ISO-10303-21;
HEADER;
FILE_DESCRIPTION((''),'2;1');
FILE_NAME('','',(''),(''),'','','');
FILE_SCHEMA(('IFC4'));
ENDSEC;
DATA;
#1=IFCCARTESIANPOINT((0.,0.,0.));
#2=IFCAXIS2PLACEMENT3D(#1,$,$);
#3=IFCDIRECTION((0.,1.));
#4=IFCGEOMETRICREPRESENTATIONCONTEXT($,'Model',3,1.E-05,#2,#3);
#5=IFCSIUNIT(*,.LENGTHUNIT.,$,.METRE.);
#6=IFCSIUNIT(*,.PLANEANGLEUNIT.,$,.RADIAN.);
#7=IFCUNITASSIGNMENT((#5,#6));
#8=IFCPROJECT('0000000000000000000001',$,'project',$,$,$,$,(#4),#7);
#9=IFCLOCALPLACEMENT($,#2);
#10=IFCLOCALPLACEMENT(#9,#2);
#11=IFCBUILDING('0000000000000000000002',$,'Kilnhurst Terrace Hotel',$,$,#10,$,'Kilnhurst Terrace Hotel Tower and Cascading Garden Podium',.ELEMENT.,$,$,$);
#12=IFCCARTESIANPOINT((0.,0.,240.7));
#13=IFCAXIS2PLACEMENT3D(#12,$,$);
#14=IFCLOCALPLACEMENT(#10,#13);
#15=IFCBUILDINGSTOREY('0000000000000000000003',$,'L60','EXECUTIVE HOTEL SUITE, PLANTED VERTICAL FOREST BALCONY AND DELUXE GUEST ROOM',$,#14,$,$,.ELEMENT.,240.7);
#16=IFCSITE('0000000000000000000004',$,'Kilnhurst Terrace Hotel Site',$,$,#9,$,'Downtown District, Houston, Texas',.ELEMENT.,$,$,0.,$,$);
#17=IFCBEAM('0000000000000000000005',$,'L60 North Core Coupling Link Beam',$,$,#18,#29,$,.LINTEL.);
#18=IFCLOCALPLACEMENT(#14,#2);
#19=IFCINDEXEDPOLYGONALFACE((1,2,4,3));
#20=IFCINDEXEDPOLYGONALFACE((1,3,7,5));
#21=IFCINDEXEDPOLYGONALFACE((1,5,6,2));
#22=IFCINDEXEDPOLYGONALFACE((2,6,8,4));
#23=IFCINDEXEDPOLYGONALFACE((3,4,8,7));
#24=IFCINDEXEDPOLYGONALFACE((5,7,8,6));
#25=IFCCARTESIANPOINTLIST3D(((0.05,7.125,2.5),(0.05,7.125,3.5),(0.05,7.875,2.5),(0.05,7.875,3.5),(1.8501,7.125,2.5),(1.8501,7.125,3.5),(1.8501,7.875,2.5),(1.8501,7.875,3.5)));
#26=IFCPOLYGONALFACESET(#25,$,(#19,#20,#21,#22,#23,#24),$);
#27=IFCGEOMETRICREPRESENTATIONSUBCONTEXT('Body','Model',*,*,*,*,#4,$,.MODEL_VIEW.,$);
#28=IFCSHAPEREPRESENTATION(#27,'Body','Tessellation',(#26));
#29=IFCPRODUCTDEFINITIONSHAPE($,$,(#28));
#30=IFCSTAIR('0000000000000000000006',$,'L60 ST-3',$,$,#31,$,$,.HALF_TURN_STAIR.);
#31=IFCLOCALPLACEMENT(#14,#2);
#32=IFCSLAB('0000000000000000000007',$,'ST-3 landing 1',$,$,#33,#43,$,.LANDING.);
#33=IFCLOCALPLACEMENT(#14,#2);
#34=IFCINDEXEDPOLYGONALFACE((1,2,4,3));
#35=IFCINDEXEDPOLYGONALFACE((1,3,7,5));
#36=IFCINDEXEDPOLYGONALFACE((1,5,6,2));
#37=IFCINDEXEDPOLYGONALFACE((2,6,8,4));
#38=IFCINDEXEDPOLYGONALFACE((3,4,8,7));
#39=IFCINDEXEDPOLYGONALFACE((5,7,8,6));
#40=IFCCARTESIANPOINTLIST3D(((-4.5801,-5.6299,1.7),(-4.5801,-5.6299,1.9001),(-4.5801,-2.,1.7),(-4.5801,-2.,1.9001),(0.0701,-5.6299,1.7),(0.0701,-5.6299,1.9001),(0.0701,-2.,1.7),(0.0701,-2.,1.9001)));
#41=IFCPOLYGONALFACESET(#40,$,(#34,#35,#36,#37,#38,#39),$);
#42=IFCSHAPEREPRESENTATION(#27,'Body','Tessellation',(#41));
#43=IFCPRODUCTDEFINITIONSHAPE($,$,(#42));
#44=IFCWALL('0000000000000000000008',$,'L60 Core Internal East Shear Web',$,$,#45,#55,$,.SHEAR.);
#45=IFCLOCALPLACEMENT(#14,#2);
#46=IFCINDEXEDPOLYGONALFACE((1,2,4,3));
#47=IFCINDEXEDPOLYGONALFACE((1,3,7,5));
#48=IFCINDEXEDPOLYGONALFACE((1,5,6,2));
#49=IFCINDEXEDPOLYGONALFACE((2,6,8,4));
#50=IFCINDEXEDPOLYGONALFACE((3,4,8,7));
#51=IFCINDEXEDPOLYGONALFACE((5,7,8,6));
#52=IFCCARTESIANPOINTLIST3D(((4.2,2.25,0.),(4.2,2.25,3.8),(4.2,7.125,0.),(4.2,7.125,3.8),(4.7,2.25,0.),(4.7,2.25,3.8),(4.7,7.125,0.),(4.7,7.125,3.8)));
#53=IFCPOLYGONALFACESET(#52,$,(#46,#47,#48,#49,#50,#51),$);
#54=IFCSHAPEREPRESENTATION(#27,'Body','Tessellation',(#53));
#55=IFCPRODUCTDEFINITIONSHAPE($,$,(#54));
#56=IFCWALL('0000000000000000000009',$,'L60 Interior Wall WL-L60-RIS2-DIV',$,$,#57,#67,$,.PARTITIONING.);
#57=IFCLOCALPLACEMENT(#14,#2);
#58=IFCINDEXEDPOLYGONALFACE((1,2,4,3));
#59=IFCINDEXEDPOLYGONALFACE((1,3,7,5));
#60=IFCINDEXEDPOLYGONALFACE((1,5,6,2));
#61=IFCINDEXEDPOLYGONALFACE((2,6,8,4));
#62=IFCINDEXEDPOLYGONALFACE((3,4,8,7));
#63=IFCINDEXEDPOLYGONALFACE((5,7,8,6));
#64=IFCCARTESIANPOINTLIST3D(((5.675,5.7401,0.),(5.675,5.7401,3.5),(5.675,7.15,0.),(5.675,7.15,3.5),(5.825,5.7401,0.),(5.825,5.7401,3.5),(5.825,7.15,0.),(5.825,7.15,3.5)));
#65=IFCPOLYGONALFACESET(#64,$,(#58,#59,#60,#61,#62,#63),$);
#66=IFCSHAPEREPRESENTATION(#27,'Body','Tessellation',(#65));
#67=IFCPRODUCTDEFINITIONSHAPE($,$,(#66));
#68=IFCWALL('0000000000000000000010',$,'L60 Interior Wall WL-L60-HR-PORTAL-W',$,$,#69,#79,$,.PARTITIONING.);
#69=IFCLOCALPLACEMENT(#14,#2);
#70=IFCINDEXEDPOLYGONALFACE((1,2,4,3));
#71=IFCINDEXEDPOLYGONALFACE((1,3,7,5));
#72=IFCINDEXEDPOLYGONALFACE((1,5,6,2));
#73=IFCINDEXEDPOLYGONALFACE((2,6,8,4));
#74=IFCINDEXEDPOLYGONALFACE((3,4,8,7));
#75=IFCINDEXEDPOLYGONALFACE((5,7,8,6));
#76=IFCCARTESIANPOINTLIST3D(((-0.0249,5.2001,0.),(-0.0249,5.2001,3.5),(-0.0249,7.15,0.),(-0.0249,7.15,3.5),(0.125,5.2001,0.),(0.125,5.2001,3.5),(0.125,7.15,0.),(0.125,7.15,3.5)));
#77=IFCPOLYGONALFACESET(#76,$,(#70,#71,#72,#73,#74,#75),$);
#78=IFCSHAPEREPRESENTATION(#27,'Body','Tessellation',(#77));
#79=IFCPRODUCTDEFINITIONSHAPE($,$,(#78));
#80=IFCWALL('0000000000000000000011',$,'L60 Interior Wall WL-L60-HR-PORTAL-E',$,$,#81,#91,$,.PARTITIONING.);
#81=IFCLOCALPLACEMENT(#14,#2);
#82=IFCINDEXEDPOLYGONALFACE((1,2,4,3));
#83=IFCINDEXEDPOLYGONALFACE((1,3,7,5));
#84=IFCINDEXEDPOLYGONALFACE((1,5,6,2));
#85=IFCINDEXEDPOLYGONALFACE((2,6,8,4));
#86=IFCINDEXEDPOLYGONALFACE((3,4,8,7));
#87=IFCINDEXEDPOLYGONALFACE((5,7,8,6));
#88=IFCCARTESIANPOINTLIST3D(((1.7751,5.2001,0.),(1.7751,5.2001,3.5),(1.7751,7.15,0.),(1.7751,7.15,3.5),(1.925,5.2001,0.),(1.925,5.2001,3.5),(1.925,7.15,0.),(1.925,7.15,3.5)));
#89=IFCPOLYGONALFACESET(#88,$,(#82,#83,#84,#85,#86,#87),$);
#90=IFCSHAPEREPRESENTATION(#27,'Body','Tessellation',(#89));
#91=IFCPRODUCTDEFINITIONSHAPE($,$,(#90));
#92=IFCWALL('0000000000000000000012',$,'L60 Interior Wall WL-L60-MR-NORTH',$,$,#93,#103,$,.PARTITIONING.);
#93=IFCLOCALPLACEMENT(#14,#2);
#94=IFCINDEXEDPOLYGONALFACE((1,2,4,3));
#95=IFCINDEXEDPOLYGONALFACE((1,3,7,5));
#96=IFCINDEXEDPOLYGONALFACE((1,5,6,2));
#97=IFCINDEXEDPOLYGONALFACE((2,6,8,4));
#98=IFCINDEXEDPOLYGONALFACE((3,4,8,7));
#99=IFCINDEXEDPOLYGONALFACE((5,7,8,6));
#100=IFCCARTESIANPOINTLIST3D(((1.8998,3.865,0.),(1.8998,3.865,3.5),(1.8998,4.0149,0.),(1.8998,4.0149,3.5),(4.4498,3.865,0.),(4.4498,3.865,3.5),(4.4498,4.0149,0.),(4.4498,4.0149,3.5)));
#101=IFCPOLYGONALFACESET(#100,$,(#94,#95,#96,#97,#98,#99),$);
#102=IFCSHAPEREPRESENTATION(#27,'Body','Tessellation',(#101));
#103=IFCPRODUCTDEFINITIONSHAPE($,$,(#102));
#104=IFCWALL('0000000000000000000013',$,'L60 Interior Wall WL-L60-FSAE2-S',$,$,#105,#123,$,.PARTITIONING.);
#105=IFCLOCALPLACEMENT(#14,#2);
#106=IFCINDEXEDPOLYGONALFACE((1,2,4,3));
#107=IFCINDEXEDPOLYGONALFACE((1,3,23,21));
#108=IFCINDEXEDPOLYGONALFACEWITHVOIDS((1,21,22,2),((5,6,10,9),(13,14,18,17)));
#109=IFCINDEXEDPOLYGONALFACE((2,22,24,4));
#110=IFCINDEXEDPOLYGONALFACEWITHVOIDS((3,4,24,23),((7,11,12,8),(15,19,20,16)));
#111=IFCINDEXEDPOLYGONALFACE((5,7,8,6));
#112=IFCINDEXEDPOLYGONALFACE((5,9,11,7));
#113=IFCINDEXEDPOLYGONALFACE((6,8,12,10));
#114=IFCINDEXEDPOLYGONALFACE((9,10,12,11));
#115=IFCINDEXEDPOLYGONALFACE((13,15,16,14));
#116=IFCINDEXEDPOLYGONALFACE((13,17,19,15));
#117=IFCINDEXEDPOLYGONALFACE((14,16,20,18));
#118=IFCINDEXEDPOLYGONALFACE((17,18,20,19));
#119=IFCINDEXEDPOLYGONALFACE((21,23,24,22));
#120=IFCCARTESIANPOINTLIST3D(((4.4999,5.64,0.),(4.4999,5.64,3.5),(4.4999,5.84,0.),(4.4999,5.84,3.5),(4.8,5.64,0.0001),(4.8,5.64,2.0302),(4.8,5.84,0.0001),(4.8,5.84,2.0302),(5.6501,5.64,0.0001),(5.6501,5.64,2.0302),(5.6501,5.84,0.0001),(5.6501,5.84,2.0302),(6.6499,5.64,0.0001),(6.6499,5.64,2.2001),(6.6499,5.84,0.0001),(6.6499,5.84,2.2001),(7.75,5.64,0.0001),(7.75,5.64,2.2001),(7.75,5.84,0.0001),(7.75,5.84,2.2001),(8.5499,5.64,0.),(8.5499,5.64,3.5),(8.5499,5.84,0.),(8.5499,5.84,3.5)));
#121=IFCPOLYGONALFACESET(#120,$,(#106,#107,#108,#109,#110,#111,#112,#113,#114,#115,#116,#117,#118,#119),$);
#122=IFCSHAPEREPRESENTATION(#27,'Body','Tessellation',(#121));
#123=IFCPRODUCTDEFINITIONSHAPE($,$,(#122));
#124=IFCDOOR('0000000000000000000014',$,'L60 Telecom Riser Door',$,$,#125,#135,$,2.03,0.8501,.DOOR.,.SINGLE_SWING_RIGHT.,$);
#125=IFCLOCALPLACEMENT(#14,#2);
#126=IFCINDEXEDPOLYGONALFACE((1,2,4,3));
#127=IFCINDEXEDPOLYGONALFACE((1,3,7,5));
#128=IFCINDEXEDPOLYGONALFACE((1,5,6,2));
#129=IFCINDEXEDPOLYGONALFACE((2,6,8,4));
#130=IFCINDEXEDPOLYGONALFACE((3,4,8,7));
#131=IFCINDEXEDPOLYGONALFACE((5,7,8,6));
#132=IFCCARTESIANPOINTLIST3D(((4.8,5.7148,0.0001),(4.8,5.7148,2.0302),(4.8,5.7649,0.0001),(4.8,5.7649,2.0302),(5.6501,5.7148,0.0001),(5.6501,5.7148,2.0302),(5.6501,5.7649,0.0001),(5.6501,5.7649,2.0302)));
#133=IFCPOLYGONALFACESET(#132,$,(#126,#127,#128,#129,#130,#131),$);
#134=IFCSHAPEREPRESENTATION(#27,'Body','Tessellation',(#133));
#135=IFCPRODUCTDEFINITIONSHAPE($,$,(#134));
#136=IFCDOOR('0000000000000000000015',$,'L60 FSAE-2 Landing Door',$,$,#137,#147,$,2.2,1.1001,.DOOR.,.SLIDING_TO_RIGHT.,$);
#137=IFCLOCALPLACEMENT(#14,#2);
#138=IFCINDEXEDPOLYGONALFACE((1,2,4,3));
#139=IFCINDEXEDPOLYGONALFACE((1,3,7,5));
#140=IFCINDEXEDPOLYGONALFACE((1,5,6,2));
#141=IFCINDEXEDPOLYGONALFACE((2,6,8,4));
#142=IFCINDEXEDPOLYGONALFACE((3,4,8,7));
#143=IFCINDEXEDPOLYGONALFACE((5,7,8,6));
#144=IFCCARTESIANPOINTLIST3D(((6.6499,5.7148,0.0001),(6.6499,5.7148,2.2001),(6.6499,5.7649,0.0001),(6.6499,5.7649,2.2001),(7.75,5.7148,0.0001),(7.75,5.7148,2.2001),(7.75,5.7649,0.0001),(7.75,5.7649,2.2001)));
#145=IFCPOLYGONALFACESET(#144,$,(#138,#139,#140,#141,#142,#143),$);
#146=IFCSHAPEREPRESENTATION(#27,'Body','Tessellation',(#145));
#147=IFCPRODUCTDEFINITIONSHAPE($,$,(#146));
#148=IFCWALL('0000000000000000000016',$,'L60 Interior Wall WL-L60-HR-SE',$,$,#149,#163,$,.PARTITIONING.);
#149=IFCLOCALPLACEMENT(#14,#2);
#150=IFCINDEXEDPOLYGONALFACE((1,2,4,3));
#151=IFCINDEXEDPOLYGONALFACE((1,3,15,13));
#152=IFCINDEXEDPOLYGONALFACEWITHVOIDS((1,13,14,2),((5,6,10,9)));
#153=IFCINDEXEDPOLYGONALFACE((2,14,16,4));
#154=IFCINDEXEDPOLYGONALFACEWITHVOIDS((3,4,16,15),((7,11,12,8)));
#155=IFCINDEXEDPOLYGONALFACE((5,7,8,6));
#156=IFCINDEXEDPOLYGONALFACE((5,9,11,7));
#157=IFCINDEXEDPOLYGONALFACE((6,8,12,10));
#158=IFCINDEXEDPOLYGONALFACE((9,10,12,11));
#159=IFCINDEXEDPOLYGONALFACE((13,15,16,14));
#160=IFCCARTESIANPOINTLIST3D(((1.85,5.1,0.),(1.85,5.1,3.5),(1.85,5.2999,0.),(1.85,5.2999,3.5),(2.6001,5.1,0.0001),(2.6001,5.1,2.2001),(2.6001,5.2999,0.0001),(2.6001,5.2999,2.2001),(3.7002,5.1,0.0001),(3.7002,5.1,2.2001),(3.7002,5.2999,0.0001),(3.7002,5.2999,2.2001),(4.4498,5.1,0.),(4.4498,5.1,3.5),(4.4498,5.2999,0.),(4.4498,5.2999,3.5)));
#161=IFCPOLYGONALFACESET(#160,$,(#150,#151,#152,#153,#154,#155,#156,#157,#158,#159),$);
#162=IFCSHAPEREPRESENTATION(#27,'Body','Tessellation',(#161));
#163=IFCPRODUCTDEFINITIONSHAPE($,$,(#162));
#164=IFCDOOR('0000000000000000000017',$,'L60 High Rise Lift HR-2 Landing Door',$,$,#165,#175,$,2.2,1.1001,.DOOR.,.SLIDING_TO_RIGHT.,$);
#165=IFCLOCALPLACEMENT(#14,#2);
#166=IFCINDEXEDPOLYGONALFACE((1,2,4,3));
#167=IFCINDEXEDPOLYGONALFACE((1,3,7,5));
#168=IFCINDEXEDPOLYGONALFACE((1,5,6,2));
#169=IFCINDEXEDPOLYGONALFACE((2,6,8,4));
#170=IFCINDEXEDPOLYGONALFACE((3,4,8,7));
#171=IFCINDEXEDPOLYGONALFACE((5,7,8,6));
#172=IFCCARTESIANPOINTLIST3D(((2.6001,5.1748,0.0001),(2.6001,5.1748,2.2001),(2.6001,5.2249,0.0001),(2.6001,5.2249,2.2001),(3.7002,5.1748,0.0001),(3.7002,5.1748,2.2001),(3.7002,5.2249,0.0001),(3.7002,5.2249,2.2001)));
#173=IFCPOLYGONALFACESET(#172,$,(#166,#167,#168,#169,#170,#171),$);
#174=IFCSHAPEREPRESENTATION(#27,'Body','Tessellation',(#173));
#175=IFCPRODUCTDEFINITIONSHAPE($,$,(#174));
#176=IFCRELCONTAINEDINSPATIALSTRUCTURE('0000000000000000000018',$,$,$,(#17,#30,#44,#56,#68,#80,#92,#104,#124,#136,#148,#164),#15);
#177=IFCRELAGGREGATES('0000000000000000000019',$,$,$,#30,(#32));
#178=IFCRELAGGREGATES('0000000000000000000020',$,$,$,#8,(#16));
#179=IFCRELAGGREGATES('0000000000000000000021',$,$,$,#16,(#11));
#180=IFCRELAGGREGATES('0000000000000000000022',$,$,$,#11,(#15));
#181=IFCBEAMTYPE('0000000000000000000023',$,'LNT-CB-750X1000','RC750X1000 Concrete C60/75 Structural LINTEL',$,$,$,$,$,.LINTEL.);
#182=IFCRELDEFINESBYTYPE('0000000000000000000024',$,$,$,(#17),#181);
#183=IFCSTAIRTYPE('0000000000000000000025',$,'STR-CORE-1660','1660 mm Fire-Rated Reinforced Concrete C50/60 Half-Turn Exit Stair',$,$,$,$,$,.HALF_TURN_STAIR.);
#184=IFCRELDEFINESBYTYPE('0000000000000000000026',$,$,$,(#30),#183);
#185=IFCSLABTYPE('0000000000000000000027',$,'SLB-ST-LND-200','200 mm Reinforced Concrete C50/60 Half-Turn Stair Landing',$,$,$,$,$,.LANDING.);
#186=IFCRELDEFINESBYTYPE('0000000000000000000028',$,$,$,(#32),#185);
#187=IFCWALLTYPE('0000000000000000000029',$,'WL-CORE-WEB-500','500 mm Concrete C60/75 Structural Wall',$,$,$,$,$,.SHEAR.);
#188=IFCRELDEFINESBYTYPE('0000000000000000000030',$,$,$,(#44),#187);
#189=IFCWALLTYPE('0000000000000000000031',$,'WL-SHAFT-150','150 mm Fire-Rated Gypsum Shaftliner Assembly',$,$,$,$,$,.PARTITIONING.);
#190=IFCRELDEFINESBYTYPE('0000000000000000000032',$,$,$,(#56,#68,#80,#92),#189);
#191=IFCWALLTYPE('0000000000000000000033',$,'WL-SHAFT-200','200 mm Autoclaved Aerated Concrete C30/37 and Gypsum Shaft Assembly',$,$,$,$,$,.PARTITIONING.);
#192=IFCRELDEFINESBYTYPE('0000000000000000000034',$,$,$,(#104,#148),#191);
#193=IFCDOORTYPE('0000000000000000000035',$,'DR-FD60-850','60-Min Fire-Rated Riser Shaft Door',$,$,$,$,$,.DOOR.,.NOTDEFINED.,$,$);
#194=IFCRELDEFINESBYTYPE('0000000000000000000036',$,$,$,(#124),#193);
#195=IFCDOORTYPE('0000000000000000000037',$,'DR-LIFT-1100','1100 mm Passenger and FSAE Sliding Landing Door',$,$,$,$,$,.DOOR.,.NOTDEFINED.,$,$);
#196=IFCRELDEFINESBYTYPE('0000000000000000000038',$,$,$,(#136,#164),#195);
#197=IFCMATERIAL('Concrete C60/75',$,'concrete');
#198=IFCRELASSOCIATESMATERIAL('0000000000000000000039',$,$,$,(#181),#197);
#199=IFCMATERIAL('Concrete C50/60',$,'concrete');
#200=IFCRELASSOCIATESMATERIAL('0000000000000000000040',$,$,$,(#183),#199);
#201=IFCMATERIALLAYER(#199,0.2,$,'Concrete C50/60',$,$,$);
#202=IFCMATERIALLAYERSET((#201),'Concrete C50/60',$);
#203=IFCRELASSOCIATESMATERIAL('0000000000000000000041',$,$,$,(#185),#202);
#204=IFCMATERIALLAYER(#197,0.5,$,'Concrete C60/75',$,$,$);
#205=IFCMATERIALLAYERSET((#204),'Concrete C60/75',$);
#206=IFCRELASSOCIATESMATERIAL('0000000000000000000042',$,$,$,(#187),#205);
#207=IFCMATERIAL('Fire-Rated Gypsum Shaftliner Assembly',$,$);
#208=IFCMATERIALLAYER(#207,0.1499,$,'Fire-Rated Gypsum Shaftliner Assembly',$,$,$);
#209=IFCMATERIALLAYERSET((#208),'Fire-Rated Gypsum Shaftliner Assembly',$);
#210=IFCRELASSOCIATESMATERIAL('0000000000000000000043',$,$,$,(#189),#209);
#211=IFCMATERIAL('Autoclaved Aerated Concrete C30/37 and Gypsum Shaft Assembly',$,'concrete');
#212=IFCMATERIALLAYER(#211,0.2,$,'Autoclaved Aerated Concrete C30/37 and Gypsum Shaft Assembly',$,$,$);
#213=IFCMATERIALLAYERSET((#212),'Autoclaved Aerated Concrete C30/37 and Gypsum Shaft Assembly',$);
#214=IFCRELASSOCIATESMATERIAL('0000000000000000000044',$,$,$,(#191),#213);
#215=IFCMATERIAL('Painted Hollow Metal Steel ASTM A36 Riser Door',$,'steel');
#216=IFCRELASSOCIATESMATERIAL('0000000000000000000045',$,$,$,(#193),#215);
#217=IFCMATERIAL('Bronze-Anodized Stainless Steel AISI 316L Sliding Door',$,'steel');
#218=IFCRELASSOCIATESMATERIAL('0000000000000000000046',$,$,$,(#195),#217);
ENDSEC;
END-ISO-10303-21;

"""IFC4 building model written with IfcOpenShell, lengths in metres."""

from ifc_helpers import new_model, si_unit, direction, frame, frame_2d, origin, origin_2d, place, context, subcontext, project, spatial, polyline, rectangle, outline, extrude, material, layer, layer_set, material_profile, profile_set, type_object, element, fill, aggregate, save


model = new_model("IFC4")

# Units and contexts
model_context = context("Model", 3, precision=1e-05, world=origin(), true_north=direction((0.0, 1.0)))
body_context = subcontext(model_context, "Body", "Model", "MODEL_VIEW")
ifc_project = project(units=[si_unit("LENGTHUNIT", "METRE"), si_unit("PLANEANGLEUNIT", "RADIAN")], contexts=[model_context])

# Site, building, storey
site_placement = place(None, origin())
site = spatial("IfcSite", under=ifc_project, at=site_placement, Name="Kilnhurst Terrace Hotel Site", LongName="Downtown District, Houston, Texas", CompositionType="ELEMENT", RefElevation=0.0)
building_placement = place(site_placement, origin())
building = spatial("IfcBuilding", under=site, at=building_placement, Name="Kilnhurst Terrace Hotel", LongName="Kilnhurst Terrace Hotel Tower and Cascading Garden Podium", CompositionType="ELEMENT")
storey_placement = place(building_placement, frame((0.0, 0.0, 240.7)))
storey = spatial("IfcBuildingStorey", under=building, at=storey_placement, Name="L60", Description="EXECUTIVE HOTEL SUITE, PLANTED VERTICAL FOREST BALCONY AND DELUXE GUEST ROOM", CompositionType="ELEMENT", Elevation=240.7)

# Beam
ifc_material_1 = material(Name="Concrete C60/75", Category="concrete")
ifc_material_profile = material_profile(ifc_material_1, rectangle(XDim=0.75, YDim=1.0, at=origin_2d()), Name="RC750X1000")
ifc_profile_set = profile_set([ifc_material_profile], Name="Concrete C60/75")
beam_type = type_object("IfcBeamType", Name="LNT-CB-750X1000", Description="RC750X1000 Concrete C60/75 Structural LINTEL", PredefinedType="LINTEL", material=ifc_profile_set)
beam_placement = place(storey_placement, frame((0.05, 7.5, 3.0), z_axis=(1.0, 0.0, 0.0), x_axis=(0.0, 1.0, 0.0)))
element("IfcBeam", 1, at=beam_placement, inside=storey, type_object=beam_type, Name="L60 North Core Coupling Link Beam", PredefinedType="LINTEL", context=body_context, shape_type="SweptSolid", body=[
    extrude(rectangle(XDim=0.75, YDim=1.0, at=origin_2d()), origin(), (0.0, 0.0, 1.0), 1.8),
])

# Stair, slab
ifc_material_2 = material(Name="Concrete C50/60", Category="concrete")
stair_type = type_object("IfcStairType", Name="STR-CORE-1660", Description="1660 mm Fire-Rated Reinforced Concrete C50/60 Half-Turn Exit Stair", PredefinedType="HALF_TURN_STAIR", material=ifc_material_2)
stair_1_placement = place(storey_placement, origin())
stair_1 = element("IfcStair", 2, at=stair_1_placement, inside=storey, type_object=stair_type, Name="L60 ST-3", PredefinedType="HALF_TURN_STAIR")
ifc_layer_1 = layer(ifc_material_2, 0.2, Name="Concrete C50/60")
ifc_layer_set_1 = layer_set([ifc_layer_1], Name="Concrete C50/60")
slab_type = type_object("IfcSlabType", Name="SLB-ST-LND-200", Description="200 mm Reinforced Concrete C50/60 Half-Turn Stair Landing", PredefinedType="LANDING", material=ifc_layer_set_1)
slab_placement = place(storey_placement, frame((0.0, 0.0, 1.7)))
slab = element("IfcSlab", 3, at=slab_placement, type_object=slab_type, Name="ST-3 landing 1", PredefinedType="LANDING", context=body_context, shape_type="SweptSolid", body=[
    extrude(outline(polyline([(0.0701, -2.0), (0.0701, -5.6299), (-4.5801, -5.6299), (-4.5801, -2.0), (0.0701, -2.0)])), origin(), (0.0, 0.0, 1.0), 0.2002),
])
aggregate(stair_1, [slab])

# Walls
ifc_layer_2 = layer(ifc_material_1, 0.5, Name="Concrete C60/75")
ifc_layer_set_2 = layer_set([ifc_layer_2], Name="Concrete C60/75")
wall_type_1 = type_object("IfcWallType", Name="WL-CORE-WEB-500", Description="500 mm Concrete C60/75 Structural Wall", PredefinedType="SHEAR", material=ifc_layer_set_2)
wall_1_placement = place(storey_placement, frame((4.45, 2.25, 0.0), z_axis=(0.0, 0.0, 1.0), x_axis=(0.0, 1.0, 0.0)))
element("IfcWall", 4, at=wall_1_placement, inside=storey, type_object=wall_type_1, Name="L60 Core Internal East Shear Web", PredefinedType="SHEAR", context=body_context, shape_type="SweptSolid", body=[
    extrude(rectangle(XDim=4.875, YDim=0.5, at=frame_2d((2.4375, 0.0))), origin(), (0.0, 0.0, 1.0), 3.8),
])
ifc_material_3 = material(Name="Fire-Rated Gypsum Shaftliner Assembly")
ifc_layer_3 = layer(ifc_material_3, 0.1499, Name="Fire-Rated Gypsum Shaftliner Assembly")
ifc_layer_set_3 = layer_set([ifc_layer_3], Name="Fire-Rated Gypsum Shaftliner Assembly")
wall_type_2 = type_object("IfcWallType", Name="WL-SHAFT-150", Description="150 mm Fire-Rated Gypsum Shaftliner Assembly", PredefinedType="PARTITIONING", material=ifc_layer_set_3)
wall_2_placement = place(storey_placement, frame((5.75, 5.74, 0.0), z_axis=(0.0, 0.0, 1.0), x_axis=(0.0, 1.0, 0.0)))
element("IfcWall", 5, at=wall_2_placement, inside=storey, type_object=wall_type_2, Name="L60 Interior Wall WL-L60-RIS2-DIV", PredefinedType="PARTITIONING", context=body_context, shape_type="SweptSolid", body=[
    extrude(rectangle(XDim=1.4099, YDim=0.1499, at=frame_2d((0.7051, 0.0))), origin(), (0.0, 0.0, 1.0), 3.5),
])
for number, where, z_axis, x_axis, name in (
    (6, (0.05, 5.2, 0.0), (0.0, 0.0, 1.0), (0.0, 1.0, 0.0), "L60 Interior Wall WL-L60-HR-PORTAL-W"),
    (7, (1.8501, 5.2, 0.0), (0.0, 0.0, 1.0), (0.0, 1.0, 0.0), "L60 Interior Wall WL-L60-HR-PORTAL-E"),
):
    element("IfcWall", number, at=place(storey_placement, frame(where, z_axis=z_axis, x_axis=x_axis)), inside=storey, type_object=wall_type_2, Name=name, PredefinedType="PARTITIONING", context=body_context, shape_type="SweptSolid", body=[
        extrude(rectangle(XDim=1.95, YDim=0.1499, at=frame_2d((0.9751, 0.0))), origin(), (0.0, 0.0, 1.0), 3.5),
    ])
wall_3_placement = place(storey_placement, frame((1.8999, 3.9399, 0.0), z_axis=(0.0, 0.0, 1.0), x_axis=(1.0, 0.0, 0.0)))
element("IfcWall", 8, at=wall_3_placement, inside=storey, type_object=wall_type_2, Name="L60 Interior Wall WL-L60-MR-NORTH", PredefinedType="PARTITIONING", context=body_context, shape_type="SweptSolid", body=[
    extrude(rectangle(XDim=2.55, YDim=0.1499, at=frame_2d((1.2749, 0.0))), origin(), (0.0, 0.0, 1.0), 3.5),
])

# Wall, openings, doors
ifc_material_4 = material(Name="Autoclaved Aerated Concrete C30/37 and Gypsum Shaft Assembly", Category="concrete")
ifc_layer_4 = layer(ifc_material_4, 0.2, Name="Autoclaved Aerated Concrete C30/37 and Gypsum Shaft Assembly")
ifc_layer_set_4 = layer_set([ifc_layer_4], Name="Autoclaved Aerated Concrete C30/37 and Gypsum Shaft Assembly")
wall_type_3 = type_object("IfcWallType", Name="WL-SHAFT-200", Description="200 mm Autoclaved Aerated Concrete C30/37 and Gypsum Shaft Assembly", PredefinedType="PARTITIONING", material=ifc_layer_set_4)
wall_4_placement = place(storey_placement, frame((4.5, 5.74, 0.0), z_axis=(0.0, 0.0, 1.0), x_axis=(1.0, 0.0, 0.0)))
wall_4 = element("IfcWall", 9, at=wall_4_placement, inside=storey, type_object=wall_type_3, Name="L60 Interior Wall WL-L60-FSAE2-S", PredefinedType="PARTITIONING", context=body_context, shape_type="SweptSolid", body=[
    extrude(rectangle(XDim=4.05, YDim=0.2, at=frame_2d((2.0249, 0.0))), origin(), (0.0, 0.0, 1.0), 3.5),
])
opening_1_placement = place(wall_4_placement, frame((0.3, 0.0, 0.0)))
opening_1 = element("IfcOpeningElement", 10, at=opening_1_placement, cuts=wall_4, PredefinedType="OPENING", context=body_context, shape_type="SweptSolid", body=[
    extrude(rectangle(XDim=0.8501, YDim=2.03, at=frame_2d((0.425, 1.0151))), frame((0.0, 0.1099, 0.0), z_axis=(0.0, -1.0, 0.0), x_axis=(1.0, 0.0, 0.0)), (0.0, 0.0, 1.0), 0.22),
])
opening_2_placement = place(wall_4_placement, frame((2.1499, 0.0, 0.0)))
opening_2 = element("IfcOpeningElement", 11, at=opening_2_placement, cuts=wall_4, PredefinedType="OPENING", context=body_context, shape_type="SweptSolid", body=[
    extrude(rectangle(XDim=1.1001, YDim=2.2, at=frame_2d((0.55, 1.1001))), frame((0.0, 0.1099, 0.0), z_axis=(0.0, -1.0, 0.0), x_axis=(1.0, 0.0, 0.0)), (0.0, 0.0, 1.0), 0.22),
])
ifc_material_5 = material(Name="Painted Hollow Metal Steel ASTM A36 Riser Door", Category="steel")
door_type_1 = type_object("IfcDoorType", Name="DR-FD60-850", Description="60-Min Fire-Rated Riser Shaft Door", OperationType="NOTDEFINED", PredefinedType="DOOR", material=ifc_material_5)
door_1_placement = place(opening_1_placement, origin())
door_1 = element("IfcDoor", 12, at=door_1_placement, inside=storey, type_object=door_type_1, Name="L60 Telecom Riser Door", OperationType="SINGLE_SWING_RIGHT", OverallHeight=2.03, OverallWidth=0.8501, PredefinedType="DOOR", context=body_context, shape_type="SweptSolid", body=[
    extrude(rectangle(XDim=0.8501, YDim=2.03, at=frame_2d((0.425, 1.0151))), frame((0.0, 0.0249, 0.0), z_axis=(0.0, -1.0, 0.0), x_axis=(1.0, 0.0, 0.0)), (0.0, 0.0, 1.0), 0.05),
])
fill(opening_1, door_1)
ifc_material_6 = material(Name="Bronze-Anodized Stainless Steel AISI 316L Sliding Door", Category="steel")
door_type_2 = type_object("IfcDoorType", Name="DR-LIFT-1100", Description="1100 mm Passenger and FSAE Sliding Landing Door", OperationType="NOTDEFINED", PredefinedType="DOOR", material=ifc_material_6)
door_2_placement = place(opening_2_placement, origin())
door_2 = element("IfcDoor", 13, at=door_2_placement, inside=storey, type_object=door_type_2, Name="L60 FSAE-2 Landing Door", OperationType="SLIDING_TO_RIGHT", OverallHeight=2.2, OverallWidth=1.1001, PredefinedType="DOOR", context=body_context, shape_type="SweptSolid", body=[
    extrude(rectangle(XDim=1.1001, YDim=2.2, at=frame_2d((0.55, 1.1001))), frame((0.0, 0.0249, 0.0), z_axis=(0.0, -1.0, 0.0), x_axis=(1.0, 0.0, 0.0)), (0.0, 0.0, 1.0), 0.05),
])
fill(opening_2, door_2)

# Wall, opening, door
wall_5_placement = place(storey_placement, frame((1.8501, 5.2, 0.0), z_axis=(0.0, 0.0, 1.0), x_axis=(1.0, 0.0, 0.0)))
wall_5 = element("IfcWall", 14, at=wall_5_placement, inside=storey, type_object=wall_type_3, Name="L60 Interior Wall WL-L60-HR-SE", PredefinedType="PARTITIONING", context=body_context, shape_type="SweptSolid", body=[
    extrude(rectangle(XDim=2.5999, YDim=0.2, at=frame_2d((1.2998, 0.0))), origin(), (0.0, 0.0, 1.0), 3.5),
])
opening_3_placement = place(wall_5_placement, frame((0.75, 0.0, 0.0)))
opening_3 = element("IfcOpeningElement", 15, at=opening_3_placement, cuts=wall_5, PredefinedType="OPENING", context=body_context, shape_type="SweptSolid", body=[
    extrude(rectangle(XDim=1.1001, YDim=2.2, at=frame_2d((0.55, 1.1001))), frame((0.0, 0.1099, 0.0), z_axis=(0.0, -1.0, 0.0), x_axis=(1.0, 0.0, 0.0)), (0.0, 0.0, 1.0), 0.22),
])
door_3_placement = place(opening_3_placement, origin())
door_3 = element("IfcDoor", 16, at=door_3_placement, inside=storey, type_object=door_type_2, Name="L60 High Rise Lift HR-2 Landing Door", OperationType="SLIDING_TO_RIGHT", OverallHeight=2.2, OverallWidth=1.1001, PredefinedType="DOOR", context=body_context, shape_type="SweptSolid", body=[
    extrude(rectangle(XDim=1.1001, YDim=2.2, at=frame_2d((0.55, 1.1001))), frame((0.0, 0.0249, 0.0), z_axis=(0.0, -1.0, 0.0), x_axis=(1.0, 0.0, 0.0)), (0.0, 0.0, 1.0), 0.05),
])
fill(opening_3, door_3)

save(model, "model.ifc")
